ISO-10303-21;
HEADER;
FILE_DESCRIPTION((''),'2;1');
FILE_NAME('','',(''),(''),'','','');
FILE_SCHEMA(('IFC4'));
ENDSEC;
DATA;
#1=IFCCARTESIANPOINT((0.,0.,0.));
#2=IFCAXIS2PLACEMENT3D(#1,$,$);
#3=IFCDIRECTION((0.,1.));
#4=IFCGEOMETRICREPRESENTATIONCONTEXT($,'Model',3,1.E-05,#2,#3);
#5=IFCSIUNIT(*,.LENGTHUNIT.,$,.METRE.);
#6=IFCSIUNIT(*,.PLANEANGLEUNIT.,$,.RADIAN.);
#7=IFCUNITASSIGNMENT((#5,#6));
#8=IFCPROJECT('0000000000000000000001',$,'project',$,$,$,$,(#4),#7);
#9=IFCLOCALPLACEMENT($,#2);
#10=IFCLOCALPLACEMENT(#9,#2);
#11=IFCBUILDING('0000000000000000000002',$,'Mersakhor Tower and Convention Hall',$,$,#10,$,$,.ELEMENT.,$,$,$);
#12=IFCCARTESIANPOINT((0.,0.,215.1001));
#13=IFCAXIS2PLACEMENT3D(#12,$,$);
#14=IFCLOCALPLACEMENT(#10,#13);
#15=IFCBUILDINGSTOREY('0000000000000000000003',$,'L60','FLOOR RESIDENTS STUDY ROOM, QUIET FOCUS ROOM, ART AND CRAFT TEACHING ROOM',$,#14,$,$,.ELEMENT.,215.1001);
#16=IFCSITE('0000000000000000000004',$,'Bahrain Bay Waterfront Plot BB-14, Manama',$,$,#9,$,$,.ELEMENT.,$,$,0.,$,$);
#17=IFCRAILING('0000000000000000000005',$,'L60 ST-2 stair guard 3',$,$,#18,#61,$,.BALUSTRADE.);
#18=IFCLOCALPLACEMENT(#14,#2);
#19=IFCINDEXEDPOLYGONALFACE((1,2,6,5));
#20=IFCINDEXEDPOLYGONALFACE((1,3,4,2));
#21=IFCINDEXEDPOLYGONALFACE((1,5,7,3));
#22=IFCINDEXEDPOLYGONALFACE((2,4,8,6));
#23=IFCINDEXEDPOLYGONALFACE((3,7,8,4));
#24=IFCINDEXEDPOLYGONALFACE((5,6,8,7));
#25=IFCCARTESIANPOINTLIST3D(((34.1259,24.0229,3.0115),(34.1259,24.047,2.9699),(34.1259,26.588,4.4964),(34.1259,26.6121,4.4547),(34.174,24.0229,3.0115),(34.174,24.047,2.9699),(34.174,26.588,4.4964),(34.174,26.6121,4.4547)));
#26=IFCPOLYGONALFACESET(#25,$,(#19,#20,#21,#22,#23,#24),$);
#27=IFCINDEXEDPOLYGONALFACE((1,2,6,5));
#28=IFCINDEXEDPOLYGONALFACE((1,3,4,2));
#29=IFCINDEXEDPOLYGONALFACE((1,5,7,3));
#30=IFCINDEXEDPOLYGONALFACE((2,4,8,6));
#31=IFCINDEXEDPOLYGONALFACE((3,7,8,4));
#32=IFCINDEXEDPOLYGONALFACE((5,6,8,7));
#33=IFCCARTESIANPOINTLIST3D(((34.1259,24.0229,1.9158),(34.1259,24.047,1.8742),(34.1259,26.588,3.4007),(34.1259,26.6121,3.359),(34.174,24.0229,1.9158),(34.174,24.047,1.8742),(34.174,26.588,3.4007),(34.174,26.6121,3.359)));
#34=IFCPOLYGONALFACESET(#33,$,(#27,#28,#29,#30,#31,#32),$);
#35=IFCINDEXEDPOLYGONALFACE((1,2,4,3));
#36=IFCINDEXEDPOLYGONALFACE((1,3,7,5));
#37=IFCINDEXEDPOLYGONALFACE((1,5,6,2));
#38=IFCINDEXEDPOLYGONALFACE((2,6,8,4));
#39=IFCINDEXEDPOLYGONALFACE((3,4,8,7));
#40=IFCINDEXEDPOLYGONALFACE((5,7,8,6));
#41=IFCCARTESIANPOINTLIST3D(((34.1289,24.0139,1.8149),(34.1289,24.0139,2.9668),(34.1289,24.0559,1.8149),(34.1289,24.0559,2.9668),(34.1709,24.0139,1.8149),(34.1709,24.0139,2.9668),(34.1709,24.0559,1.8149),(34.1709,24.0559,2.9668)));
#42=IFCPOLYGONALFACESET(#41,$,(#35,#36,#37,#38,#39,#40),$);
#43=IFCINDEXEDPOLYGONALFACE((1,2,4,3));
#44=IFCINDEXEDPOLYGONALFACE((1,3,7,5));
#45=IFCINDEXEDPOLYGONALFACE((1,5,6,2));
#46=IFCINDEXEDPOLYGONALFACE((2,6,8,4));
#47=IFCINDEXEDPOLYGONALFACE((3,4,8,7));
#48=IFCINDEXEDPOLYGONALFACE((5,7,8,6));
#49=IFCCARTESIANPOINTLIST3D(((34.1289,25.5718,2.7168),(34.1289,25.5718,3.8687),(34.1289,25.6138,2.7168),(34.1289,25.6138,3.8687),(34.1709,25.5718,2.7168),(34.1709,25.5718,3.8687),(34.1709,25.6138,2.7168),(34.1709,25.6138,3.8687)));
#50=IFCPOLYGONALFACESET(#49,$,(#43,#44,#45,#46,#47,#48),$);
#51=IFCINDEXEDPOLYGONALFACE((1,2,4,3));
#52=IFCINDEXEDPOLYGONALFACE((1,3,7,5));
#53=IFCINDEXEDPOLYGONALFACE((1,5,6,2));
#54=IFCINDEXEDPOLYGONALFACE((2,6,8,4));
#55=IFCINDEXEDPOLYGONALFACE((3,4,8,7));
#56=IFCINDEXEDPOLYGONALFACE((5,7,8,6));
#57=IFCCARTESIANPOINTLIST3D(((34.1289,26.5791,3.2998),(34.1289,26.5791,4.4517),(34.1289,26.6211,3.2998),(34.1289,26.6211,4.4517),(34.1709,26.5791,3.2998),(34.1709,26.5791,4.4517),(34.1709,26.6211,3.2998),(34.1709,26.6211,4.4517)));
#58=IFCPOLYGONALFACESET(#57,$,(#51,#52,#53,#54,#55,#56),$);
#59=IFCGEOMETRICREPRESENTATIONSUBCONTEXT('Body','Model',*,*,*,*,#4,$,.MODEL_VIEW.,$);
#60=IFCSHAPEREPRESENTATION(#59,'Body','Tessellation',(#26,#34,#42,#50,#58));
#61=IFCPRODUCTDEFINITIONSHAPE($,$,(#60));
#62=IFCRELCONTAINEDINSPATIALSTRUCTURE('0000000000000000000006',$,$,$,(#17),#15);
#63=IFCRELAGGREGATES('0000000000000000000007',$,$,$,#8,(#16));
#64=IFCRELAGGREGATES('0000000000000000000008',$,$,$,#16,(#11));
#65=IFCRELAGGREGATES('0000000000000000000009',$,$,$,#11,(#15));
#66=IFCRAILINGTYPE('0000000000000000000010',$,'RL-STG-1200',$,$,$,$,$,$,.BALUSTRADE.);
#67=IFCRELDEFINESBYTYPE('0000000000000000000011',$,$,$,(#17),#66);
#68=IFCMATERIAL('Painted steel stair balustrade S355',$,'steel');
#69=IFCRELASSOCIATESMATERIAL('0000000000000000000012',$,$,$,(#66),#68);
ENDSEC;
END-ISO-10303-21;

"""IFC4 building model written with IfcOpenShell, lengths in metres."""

from ifc_helpers import new_model, si_unit, direction, frame, origin, origin_2d, place, context, subcontext, project, spatial, rectangle, extrude, material, type_object, element, save


model = new_model("IFC4")

# Units and contexts
model_context = context("Model", 3, precision=1e-05, world=origin(), true_north=direction((0.0, 1.0)))
body_context = subcontext(model_context, "Body", "Model", "MODEL_VIEW")
ifc_project = project(units=[si_unit("LENGTHUNIT", "METRE"), si_unit("PLANEANGLEUNIT", "RADIAN")], contexts=[model_context])

# Site, building, storey
site_placement = place(None, origin())
site = spatial("IfcSite", under=ifc_project, at=site_placement, Name="Bahrain Bay Waterfront Plot BB-14, Manama", CompositionType="ELEMENT", RefElevation=0.0)
building_placement = place(site_placement, origin())
building = spatial("IfcBuilding", under=site, at=building_placement, Name="Mersakhor Tower and Convention Hall", CompositionType="ELEMENT")
storey_placement = place(building_placement, frame((0.0, 0.0, 215.1001)))
storey = spatial("IfcBuildingStorey", under=building, at=storey_placement, Name="L60", Description="FLOOR RESIDENTS STUDY ROOM, QUIET FOCUS ROOM, ART AND CRAFT TEACHING ROOM", CompositionType="ELEMENT", Elevation=215.1001)

# Railing
ifc_material_1 = material(Name="Painted steel stair balustrade S355", Category="steel")
railing_type_1 = type_object("IfcRailingType", Name="RL-STG-1200", PredefinedType="BALUSTRADE", material=ifc_material_1)
railing_1_placement = place(storey_placement, frame((34.1499, 24.0349, 1.8149)))
element("IfcRailing", 1, at=railing_1_placement, inside=storey, type_object=railing_type_1, Name="L60 ST-2 stair guard 3", PredefinedType="BALUSTRADE", context=body_context, shape_type="SweptSolid", body=[
    extrude(rectangle(XDim=0.0481, YDim=0.0481, at=origin_2d()), frame((0.0, 0.0, 1.1758), z_axis=(0.0, 0.865462, 0.500975), x_axis=(-1.0, 0.0, 0.0)), (0.0, 0.0, 1.0), 2.9639),
    extrude(rectangle(XDim=0.0481, YDim=0.0481, at=origin_2d()), frame((0.0, 0.0, 0.0801), z_axis=(0.0, 0.865462, 0.500975), x_axis=(-1.0, 0.0, 0.0)), (0.0, 0.0, 1.0), 2.9639),
    extrude(rectangle(XDim=0.042, YDim=0.042, at=origin_2d()), origin(), (0.0, 0.0, 1.0), 1.1519),
    extrude(rectangle(XDim=0.042, YDim=0.042, at=origin_2d()), frame((0.0, 1.5579, 0.9019)), (0.0, 0.0, 1.0), 1.1519),
    extrude(rectangle(XDim=0.042, YDim=0.042, at=origin_2d()), frame((0.0, 2.5652, 1.4849)), (0.0, 0.0, 1.0), 1.1519),
])

save(model, "model.ifc")
